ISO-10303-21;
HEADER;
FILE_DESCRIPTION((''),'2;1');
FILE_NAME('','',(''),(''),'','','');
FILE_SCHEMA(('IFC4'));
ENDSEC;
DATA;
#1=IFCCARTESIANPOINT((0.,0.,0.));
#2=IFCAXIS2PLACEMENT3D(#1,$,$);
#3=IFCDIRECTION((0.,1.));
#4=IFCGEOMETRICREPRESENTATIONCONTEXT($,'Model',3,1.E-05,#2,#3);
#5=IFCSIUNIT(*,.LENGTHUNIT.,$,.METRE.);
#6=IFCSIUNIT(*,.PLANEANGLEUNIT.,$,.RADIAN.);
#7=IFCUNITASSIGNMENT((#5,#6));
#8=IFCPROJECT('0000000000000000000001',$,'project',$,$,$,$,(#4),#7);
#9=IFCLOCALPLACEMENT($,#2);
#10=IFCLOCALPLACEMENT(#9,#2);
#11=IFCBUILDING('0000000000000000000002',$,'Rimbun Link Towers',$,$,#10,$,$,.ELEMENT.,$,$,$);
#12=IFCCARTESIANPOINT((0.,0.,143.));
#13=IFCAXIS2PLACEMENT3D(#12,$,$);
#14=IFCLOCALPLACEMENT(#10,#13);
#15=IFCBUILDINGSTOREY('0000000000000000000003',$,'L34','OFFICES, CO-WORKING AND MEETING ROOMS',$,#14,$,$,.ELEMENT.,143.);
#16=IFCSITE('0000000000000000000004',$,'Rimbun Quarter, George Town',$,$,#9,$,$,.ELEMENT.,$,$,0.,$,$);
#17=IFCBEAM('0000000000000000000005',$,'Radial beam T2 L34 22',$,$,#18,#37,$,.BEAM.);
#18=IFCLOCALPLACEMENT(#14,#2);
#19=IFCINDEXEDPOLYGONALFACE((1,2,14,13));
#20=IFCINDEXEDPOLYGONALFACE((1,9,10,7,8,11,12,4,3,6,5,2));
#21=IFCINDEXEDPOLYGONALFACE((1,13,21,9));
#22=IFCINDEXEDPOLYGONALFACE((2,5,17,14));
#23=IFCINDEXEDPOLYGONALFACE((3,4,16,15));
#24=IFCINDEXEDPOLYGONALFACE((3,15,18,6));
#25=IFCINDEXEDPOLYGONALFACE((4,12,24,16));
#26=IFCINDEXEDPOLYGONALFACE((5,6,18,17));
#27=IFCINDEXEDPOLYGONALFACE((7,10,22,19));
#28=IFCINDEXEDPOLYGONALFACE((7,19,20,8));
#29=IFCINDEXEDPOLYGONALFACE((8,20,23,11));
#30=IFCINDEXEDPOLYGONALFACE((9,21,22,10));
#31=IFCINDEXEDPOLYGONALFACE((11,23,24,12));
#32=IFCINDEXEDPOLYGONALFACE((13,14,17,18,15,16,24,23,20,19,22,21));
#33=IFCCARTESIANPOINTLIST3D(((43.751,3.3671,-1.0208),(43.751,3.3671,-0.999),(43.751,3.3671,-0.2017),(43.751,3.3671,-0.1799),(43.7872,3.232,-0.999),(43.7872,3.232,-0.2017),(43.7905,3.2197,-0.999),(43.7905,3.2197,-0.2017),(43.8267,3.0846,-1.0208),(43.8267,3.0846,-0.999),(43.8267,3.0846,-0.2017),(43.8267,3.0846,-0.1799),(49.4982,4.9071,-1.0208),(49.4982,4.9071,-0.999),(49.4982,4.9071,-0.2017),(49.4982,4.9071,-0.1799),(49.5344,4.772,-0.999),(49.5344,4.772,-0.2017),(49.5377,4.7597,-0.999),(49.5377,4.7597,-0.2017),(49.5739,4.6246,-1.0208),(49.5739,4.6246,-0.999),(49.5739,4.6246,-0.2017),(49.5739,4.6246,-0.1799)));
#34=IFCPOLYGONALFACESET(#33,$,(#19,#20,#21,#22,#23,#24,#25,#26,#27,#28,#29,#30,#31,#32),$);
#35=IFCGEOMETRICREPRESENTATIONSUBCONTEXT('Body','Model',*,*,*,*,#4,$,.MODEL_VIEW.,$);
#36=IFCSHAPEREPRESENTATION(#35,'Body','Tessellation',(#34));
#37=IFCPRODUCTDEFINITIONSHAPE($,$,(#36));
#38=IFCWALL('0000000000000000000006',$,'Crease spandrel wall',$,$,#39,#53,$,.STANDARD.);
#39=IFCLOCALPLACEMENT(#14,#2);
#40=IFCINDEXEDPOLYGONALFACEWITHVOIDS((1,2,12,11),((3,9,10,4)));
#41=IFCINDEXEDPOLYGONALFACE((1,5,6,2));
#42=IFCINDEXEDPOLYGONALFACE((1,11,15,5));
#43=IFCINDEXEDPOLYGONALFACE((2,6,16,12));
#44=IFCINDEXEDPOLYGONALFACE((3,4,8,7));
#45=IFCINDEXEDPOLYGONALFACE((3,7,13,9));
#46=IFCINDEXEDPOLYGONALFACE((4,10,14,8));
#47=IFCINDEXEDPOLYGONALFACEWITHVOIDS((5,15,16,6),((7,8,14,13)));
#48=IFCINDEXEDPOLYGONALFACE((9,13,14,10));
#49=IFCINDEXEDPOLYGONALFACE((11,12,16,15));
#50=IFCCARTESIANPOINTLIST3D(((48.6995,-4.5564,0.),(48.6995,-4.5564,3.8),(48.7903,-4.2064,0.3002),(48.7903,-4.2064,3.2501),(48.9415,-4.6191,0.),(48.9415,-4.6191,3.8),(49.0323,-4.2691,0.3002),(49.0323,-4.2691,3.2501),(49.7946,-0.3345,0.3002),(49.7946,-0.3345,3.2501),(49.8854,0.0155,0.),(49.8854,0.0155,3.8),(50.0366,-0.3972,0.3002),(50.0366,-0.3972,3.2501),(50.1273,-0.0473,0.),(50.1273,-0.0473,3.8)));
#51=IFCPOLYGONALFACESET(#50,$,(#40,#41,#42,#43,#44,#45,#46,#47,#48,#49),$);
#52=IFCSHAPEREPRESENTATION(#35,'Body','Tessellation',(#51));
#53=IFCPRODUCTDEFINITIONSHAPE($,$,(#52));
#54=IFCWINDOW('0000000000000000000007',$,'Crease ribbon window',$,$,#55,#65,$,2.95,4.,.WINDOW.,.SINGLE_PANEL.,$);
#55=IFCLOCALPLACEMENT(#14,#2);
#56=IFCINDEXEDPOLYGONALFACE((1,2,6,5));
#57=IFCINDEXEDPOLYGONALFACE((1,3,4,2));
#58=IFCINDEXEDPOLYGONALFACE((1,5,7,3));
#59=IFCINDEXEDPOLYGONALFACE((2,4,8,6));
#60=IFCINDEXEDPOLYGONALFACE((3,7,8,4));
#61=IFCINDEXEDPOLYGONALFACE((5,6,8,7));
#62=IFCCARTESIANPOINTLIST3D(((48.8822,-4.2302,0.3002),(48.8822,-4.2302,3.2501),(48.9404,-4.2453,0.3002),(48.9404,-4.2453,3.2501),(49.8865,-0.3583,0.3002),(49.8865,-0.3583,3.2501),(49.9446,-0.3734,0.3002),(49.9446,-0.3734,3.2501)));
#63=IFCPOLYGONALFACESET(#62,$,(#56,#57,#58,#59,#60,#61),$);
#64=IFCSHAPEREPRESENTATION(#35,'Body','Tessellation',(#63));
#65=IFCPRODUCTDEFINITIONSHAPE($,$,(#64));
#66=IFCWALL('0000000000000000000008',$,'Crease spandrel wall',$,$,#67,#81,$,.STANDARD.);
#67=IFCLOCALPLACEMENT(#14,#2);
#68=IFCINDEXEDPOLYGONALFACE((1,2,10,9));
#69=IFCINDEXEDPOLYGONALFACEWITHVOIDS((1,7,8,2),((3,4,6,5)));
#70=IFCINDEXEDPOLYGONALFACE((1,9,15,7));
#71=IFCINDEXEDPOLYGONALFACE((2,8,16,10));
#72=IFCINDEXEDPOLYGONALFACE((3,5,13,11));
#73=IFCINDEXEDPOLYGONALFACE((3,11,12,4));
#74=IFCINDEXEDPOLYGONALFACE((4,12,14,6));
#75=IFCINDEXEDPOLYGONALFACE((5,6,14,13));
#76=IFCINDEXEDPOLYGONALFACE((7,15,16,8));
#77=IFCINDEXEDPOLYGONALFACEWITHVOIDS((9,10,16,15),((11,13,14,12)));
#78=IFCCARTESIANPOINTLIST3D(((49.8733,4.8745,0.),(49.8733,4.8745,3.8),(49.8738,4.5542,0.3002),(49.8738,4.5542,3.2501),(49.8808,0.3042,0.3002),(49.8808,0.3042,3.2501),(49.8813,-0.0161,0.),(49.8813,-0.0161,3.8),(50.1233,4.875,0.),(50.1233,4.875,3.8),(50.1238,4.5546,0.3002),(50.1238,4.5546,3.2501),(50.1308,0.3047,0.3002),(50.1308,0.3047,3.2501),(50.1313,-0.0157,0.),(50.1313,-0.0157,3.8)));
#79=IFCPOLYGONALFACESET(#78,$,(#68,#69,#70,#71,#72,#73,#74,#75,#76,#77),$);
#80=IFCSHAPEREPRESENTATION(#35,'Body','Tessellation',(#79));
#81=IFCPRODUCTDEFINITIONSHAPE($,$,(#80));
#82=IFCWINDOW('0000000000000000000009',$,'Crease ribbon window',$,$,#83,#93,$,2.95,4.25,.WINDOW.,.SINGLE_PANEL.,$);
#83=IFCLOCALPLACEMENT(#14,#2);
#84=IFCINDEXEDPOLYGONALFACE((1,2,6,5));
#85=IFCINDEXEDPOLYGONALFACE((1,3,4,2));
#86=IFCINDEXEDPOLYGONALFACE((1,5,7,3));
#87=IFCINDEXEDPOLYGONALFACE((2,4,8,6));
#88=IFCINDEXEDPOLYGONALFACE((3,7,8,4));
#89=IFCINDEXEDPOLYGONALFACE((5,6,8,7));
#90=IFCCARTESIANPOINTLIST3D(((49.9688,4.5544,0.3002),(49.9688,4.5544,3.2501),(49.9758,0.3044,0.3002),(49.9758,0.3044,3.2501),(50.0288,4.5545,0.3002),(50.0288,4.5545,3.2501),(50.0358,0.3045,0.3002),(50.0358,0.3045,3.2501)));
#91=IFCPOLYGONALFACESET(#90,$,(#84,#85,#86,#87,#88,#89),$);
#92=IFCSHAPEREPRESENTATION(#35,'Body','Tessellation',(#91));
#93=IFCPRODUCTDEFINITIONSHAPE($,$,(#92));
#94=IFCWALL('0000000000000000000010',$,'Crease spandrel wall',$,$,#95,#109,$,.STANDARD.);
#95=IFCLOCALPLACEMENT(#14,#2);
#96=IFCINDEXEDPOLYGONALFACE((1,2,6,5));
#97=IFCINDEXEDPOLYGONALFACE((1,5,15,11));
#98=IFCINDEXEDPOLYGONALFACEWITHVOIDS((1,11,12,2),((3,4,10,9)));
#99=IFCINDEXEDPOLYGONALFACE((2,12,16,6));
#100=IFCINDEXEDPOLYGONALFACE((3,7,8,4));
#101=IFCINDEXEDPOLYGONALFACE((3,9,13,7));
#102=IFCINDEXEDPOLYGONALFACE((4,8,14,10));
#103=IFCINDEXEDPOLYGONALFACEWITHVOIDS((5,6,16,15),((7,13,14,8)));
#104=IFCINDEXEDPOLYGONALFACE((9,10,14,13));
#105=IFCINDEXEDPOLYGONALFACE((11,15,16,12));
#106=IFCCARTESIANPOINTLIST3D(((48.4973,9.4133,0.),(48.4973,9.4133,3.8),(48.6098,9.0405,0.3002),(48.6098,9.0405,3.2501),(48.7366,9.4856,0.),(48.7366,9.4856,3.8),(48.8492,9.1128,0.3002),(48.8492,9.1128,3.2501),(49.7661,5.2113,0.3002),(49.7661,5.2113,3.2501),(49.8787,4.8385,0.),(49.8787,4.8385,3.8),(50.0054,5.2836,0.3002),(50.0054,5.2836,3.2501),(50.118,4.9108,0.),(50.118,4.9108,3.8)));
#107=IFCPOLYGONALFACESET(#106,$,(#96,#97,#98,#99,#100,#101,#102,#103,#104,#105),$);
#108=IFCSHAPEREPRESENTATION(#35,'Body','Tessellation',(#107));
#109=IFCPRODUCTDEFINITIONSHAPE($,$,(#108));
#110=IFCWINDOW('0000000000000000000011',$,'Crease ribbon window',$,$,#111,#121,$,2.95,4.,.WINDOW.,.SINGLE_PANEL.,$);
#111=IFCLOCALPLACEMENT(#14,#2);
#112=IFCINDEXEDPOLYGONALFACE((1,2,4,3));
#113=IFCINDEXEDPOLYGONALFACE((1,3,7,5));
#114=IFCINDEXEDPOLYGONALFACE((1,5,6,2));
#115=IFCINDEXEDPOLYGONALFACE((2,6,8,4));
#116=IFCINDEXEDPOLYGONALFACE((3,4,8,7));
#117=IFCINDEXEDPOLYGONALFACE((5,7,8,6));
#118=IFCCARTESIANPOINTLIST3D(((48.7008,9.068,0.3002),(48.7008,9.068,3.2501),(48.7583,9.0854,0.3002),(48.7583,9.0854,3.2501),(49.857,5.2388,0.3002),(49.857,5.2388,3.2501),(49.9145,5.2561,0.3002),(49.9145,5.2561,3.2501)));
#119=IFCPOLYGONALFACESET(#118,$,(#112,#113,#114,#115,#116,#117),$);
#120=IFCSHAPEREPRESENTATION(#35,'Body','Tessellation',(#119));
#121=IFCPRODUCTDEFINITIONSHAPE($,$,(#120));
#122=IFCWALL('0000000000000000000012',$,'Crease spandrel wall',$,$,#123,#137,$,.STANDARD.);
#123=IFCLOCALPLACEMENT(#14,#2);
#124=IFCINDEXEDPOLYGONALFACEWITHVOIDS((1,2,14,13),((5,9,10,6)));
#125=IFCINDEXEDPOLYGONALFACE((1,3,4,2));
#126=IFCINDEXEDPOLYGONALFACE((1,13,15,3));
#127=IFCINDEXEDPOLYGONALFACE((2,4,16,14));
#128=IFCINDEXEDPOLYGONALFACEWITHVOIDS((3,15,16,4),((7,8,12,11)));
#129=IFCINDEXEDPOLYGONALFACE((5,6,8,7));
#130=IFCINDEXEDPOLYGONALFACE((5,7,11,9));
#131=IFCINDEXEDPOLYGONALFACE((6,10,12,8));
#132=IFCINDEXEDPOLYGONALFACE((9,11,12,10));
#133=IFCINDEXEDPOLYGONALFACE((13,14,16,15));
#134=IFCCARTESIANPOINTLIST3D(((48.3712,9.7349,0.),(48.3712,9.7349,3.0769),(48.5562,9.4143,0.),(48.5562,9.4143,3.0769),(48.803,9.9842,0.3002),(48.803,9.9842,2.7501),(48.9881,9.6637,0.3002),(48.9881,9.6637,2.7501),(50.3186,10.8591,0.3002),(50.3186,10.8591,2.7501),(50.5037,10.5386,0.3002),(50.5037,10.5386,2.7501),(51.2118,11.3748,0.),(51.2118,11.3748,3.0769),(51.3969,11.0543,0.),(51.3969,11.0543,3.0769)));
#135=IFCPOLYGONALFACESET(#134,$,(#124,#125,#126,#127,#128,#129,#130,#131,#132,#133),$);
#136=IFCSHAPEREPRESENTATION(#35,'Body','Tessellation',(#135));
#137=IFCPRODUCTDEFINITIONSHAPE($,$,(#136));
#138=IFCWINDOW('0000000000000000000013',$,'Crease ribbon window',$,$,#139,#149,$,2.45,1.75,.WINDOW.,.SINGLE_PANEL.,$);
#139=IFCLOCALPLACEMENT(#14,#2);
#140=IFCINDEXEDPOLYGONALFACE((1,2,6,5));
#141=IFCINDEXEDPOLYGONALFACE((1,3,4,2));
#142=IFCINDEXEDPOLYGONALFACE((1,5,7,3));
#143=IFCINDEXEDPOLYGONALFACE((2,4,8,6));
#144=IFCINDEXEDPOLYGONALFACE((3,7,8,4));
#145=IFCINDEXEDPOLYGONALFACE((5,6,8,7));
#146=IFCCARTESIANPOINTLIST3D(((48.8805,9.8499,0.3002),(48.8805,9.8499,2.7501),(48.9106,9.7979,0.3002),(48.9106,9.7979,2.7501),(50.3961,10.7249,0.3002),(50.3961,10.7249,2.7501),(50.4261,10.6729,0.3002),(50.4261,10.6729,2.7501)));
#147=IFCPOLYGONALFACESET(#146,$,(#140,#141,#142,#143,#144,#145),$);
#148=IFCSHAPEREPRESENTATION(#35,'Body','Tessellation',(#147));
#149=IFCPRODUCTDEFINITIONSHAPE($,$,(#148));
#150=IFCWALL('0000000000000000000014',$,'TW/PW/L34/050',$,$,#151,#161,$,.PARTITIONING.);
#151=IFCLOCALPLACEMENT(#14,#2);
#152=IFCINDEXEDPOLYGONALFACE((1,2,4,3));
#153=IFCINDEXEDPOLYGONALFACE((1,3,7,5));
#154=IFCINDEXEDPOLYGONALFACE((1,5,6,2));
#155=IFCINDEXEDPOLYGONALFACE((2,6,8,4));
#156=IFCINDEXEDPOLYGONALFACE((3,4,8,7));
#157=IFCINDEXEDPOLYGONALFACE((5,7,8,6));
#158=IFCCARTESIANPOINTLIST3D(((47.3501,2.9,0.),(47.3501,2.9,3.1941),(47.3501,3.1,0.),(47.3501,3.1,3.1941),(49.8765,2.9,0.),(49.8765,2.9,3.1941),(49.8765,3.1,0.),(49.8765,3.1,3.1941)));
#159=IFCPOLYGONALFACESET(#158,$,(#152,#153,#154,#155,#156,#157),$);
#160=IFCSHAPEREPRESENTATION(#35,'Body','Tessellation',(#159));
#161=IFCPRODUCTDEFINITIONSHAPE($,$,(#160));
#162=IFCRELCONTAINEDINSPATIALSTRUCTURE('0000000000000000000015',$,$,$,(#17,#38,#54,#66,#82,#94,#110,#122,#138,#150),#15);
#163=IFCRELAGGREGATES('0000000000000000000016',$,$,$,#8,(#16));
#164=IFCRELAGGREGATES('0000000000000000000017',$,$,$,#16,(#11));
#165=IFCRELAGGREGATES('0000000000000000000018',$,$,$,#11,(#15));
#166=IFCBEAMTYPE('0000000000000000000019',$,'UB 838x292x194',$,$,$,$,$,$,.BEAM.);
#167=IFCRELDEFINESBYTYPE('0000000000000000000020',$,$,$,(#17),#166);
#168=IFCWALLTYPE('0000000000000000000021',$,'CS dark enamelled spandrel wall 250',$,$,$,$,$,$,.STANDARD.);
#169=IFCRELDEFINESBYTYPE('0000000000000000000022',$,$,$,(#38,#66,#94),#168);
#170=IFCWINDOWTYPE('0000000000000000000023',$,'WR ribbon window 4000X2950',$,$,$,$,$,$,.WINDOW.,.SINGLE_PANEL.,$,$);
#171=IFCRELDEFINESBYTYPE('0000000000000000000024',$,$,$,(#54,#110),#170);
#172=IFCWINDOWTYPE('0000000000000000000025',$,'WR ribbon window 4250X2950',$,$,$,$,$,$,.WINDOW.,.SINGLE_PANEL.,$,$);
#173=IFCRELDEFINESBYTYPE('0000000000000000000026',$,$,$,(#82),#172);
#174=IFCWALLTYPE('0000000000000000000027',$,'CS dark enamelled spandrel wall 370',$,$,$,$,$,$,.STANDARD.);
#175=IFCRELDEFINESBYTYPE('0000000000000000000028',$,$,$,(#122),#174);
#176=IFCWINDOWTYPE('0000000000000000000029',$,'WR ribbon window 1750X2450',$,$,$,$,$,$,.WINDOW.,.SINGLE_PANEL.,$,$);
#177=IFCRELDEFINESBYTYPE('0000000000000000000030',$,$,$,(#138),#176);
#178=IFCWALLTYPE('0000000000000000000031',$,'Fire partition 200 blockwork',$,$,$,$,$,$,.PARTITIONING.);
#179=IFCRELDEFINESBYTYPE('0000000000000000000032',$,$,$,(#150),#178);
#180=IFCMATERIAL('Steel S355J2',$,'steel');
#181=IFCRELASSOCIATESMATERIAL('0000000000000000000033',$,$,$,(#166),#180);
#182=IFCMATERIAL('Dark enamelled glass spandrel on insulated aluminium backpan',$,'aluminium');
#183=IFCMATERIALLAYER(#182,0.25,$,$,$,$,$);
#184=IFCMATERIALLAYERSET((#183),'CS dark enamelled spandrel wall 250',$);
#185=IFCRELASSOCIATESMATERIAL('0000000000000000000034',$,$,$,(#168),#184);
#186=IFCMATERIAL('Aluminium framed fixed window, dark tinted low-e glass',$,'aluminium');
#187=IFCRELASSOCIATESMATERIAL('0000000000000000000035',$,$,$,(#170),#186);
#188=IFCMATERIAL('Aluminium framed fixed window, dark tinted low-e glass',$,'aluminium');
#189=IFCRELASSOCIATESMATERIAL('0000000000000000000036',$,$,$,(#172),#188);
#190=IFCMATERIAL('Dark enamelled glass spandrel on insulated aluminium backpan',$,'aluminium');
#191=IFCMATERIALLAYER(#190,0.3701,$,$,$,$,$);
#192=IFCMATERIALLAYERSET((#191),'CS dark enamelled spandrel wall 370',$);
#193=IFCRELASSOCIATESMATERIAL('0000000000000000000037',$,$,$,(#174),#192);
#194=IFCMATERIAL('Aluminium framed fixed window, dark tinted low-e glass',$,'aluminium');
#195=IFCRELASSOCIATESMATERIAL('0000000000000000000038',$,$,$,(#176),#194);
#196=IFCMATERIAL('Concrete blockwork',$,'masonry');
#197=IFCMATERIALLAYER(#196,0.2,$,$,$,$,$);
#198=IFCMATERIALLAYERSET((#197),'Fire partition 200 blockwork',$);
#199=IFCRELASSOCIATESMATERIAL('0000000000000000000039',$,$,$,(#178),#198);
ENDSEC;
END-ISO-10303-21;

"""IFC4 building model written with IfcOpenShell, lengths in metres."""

from ifc_helpers import new_model, si_unit, direction, frame, frame_2d, origin, origin_2d, place, context, subcontext, project, spatial, rectangle, i_section, extrude, material, layer, layer_set, material_profile, profile_set, type_object, element, fill, save


model = new_model("IFC4")

# Units and contexts
model_context = context("Model", 3, precision=1e-05, world=origin(), true_north=direction((0.0, 1.0)))
body_context = subcontext(model_context, "Body", "Model", "MODEL_VIEW")
ifc_project = project(units=[si_unit("LENGTHUNIT", "METRE"), si_unit("PLANEANGLEUNIT", "RADIAN")], contexts=[model_context])

# Site, building, storey
site_placement = place(None, origin())
site = spatial("IfcSite", under=ifc_project, at=site_placement, Name="Rimbun Quarter, George Town", CompositionType="ELEMENT", RefElevation=0.0)
building_placement = place(site_placement, origin())
building = spatial("IfcBuilding", under=site, at=building_placement, Name="Rimbun Link Towers", CompositionType="ELEMENT")
storey_placement = place(building_placement, frame((0.0, 0.0, 143.0)))
storey = spatial("IfcBuildingStorey", under=building, at=storey_placement, Name="L34", Description="OFFICES, CO-WORKING AND MEETING ROOMS", CompositionType="ELEMENT", Elevation=143.0)

# Beam
ifc_material_1 = material(Name="Steel S355J2", Category="steel")
ifc_material_profile_1 = material_profile(ifc_material_1, i_section(OverallWidth=0.2925, OverallDepth=0.8408, WebThickness=0.0127, FlangeThickness=0.0217, at=origin_2d()), Name="UB 838x292x194")
ifc_profile_set_1 = profile_set([ifc_material_profile_1], Name="Steel S355J2")
beam_type_1 = type_object("IfcBeamType", Name="UB 838x292x194", PredefinedType="BEAM", material=ifc_profile_set_1)
beam_1_placement = place(storey_placement, frame((43.7888, 3.2258, -0.6003), z_axis=(0.965924, 0.258827, 0.0), x_axis=(-0.258827, 0.965924, 0.0)))
element("IfcBeam", 1, at=beam_1_placement, inside=storey, type_object=beam_type_1, Name="Radial beam T2 L34 22", PredefinedType="BEAM", context=body_context, shape_type="SweptSolid", body=[
    extrude(i_section(OverallWidth=0.2925, OverallDepth=0.8408, WebThickness=0.0127, FlangeThickness=0.0217, at=origin_2d()), origin(), (0.0, 0.0, 1.0), 5.95),
])

# Walls, openings, windows
ifc_material_2 = material(Name="Dark enamelled glass spandrel on insulated aluminium backpan", Category="aluminium")
ifc_layer_1 = layer(ifc_material_2, 0.25)
ifc_layer_set_1 = layer_set([ifc_layer_1], Name="CS dark enamelled spandrel wall 250")
wall_type_1 = type_object("IfcWallType", Name="CS dark enamelled spandrel wall 250", PredefinedType="STANDARD", material=ifc_layer_set_1)
wall_1_placement = place(storey_placement, frame((50.0063, -0.0159, 0.0), z_axis=(0.0, 0.0, 1.0), x_axis=(-0.251064, -0.96797, 0.0)))
wall_1 = element("IfcWall", 2, at=wall_1_placement, inside=storey, type_object=wall_type_1, Name="Crease spandrel wall", PredefinedType="STANDARD", context=body_context, shape_type="SweptSolid", body=[
    extrude(rectangle(XDim=4.7231, YDim=0.25, at=frame_2d((2.3616, 0.0))), origin(), (0.0, 0.0, 1.0), 3.8),
])
opening_1_placement = place(wall_1_placement, frame((0.3616, 0.0, 0.3)))
opening_1 = element("IfcOpeningElement", 3, at=opening_1_placement, cuts=wall_1, PredefinedType="OPENING", context=body_context, shape_type="SweptSolid", body=[
    extrude(rectangle(XDim=4.0, YDim=2.95, at=frame_2d((2.0, 1.4751))), frame((0.0, 0.135, 0.0), z_axis=(0.0, -1.0, 0.0), x_axis=(1.0, 0.0, 0.0)), (0.0, 0.0, 1.0), 0.27),
])
ifc_material_3 = material(Name="Aluminium framed fixed window, dark tinted low-e glass", Category="aluminium")
window_type_1 = type_object("IfcWindowType", Name="WR ribbon window 4000X2950", PartitioningType="SINGLE_PANEL", PredefinedType="WINDOW", material=ifc_material_3)
window_1_placement = place(opening_1_placement, origin())
window_1 = element("IfcWindow", 4, at=window_1_placement, inside=storey, type_object=window_type_1, Name="Crease ribbon window", OverallHeight=2.95, OverallWidth=4.0, PartitioningType="SINGLE_PANEL", PredefinedType="WINDOW", context=body_context, shape_type="SweptSolid", body=[
    extrude(rectangle(XDim=4.0, YDim=2.95, at=frame_2d((2.0, 1.4751))), frame((0.0, 0.03, 0.0), z_axis=(0.0, -1.0, 0.0), x_axis=(1.0, 0.0, 0.0)), (0.0, 0.0, 1.0), 0.0601),
])
fill(opening_1, window_1)
wall_2_placement = place(storey_placement, frame((49.9983, 4.8748, 0.0), z_axis=(0.0, 0.0, 1.0), x_axis=(0.001647, -0.999999, 0.0)))
wall_2 = element("IfcWall", 5, at=wall_2_placement, inside=storey, type_object=wall_type_1, Name="Crease spandrel wall", PredefinedType="STANDARD", context=body_context, shape_type="SweptSolid", body=[
    extrude(rectangle(XDim=4.8906, YDim=0.25, at=frame_2d((2.4453, 0.0))), origin(), (0.0, 0.0, 1.0), 3.8),
])
opening_2_placement = place(wall_2_placement, frame((0.3203, 0.0, 0.3)))
opening_2 = element("IfcOpeningElement", 6, at=opening_2_placement, cuts=wall_2, PredefinedType="OPENING", context=body_context, shape_type="SweptSolid", body=[
    extrude(rectangle(XDim=4.25, YDim=2.95, at=frame_2d((2.125, 1.4751))), frame((0.0, 0.135, 0.0), z_axis=(0.0, -1.0, 0.0), x_axis=(1.0, 0.0, 0.0)), (0.0, 0.0, 1.0), 0.27),
])
ifc_material_4 = material(Name="Aluminium framed fixed window, dark tinted low-e glass", Category="aluminium")
window_type_2 = type_object("IfcWindowType", Name="WR ribbon window 4250X2950", PartitioningType="SINGLE_PANEL", PredefinedType="WINDOW", material=ifc_material_4)
window_2_placement = place(opening_2_placement, origin())
window_2 = element("IfcWindow", 7, at=window_2_placement, inside=storey, type_object=window_type_2, Name="Crease ribbon window", OverallHeight=2.95, OverallWidth=4.25, PartitioningType="SINGLE_PANEL", PredefinedType="WINDOW", context=body_context, shape_type="SweptSolid", body=[
    extrude(rectangle(XDim=4.25, YDim=2.95, at=frame_2d((2.125, 1.4751))), frame((0.0, 0.03, 0.0), z_axis=(0.0, -1.0, 0.0), x_axis=(1.0, 0.0, 0.0)), (0.0, 0.0, 1.0), 0.0601),
])
fill(opening_2, window_2)
wall_3_placement = place(storey_placement, frame((48.6169, 9.4495, 0.0), z_axis=(0.0, 0.0, 1.0), x_axis=(0.289063, -0.95731, 0.0)))
wall_3 = element("IfcWall", 8, at=wall_3_placement, inside=storey, type_object=wall_type_1, Name="Crease spandrel wall", PredefinedType="STANDARD", context=body_context, shape_type="SweptSolid", body=[
    extrude(rectangle(XDim=4.7788, YDim=0.25, at=frame_2d((2.3894, 0.0))), origin(), (0.0, 0.0, 1.0), 3.8),
])
opening_3_placement = place(wall_3_placement, frame((0.3894, 0.0, 0.3)))
opening_3 = element("IfcOpeningElement", 9, at=opening_3_placement, cuts=wall_3, PredefinedType="OPENING", context=body_context, shape_type="SweptSolid", body=[
    extrude(rectangle(XDim=4.0, YDim=2.95, at=frame_2d((2.0, 1.4751))), frame((0.0, 0.135, 0.0), z_axis=(0.0, -1.0, 0.0), x_axis=(1.0, 0.0, 0.0)), (0.0, 0.0, 1.0), 0.27),
])
window_3_placement = place(opening_3_placement, origin())
window_3 = element("IfcWindow", 10, at=window_3_placement, inside=storey, type_object=window_type_1, Name="Crease ribbon window", OverallHeight=2.95, OverallWidth=4.0, PartitioningType="SINGLE_PANEL", PredefinedType="WINDOW", context=body_context, shape_type="SweptSolid", body=[
    extrude(rectangle(XDim=4.0, YDim=2.95, at=frame_2d((2.0, 1.4751))), frame((0.0, 0.03, 0.0), z_axis=(0.0, -1.0, 0.0), x_axis=(1.0, 0.0, 0.0)), (0.0, 0.0, 1.0), 0.0601),
])
fill(opening_3, window_3)
ifc_material_5 = material(Name="Dark enamelled glass spandrel on insulated aluminium backpan", Category="aluminium")
ifc_layer_2 = layer(ifc_material_5, 0.3701)
ifc_layer_set_2 = layer_set([ifc_layer_2], Name="CS dark enamelled spandrel wall 370")
wall_type_2 = type_object("IfcWallType", Name="CS dark enamelled spandrel wall 370", PredefinedType="STANDARD", material=ifc_layer_set_2)
wall_4_placement = place(storey_placement, frame((51.3044, 11.2146, 0.0), z_axis=(0.0, 0.0, 1.0), x_axis=(-0.866041, -0.499974, 0.0)))
wall_4 = element("IfcWall", 11, at=wall_4_placement, inside=storey, type_object=wall_type_2, Name="Crease spandrel wall", PredefinedType="STANDARD", context=body_context, shape_type="SweptSolid", body=[
    extrude(rectangle(XDim=3.28, YDim=0.3701, at=frame_2d((1.6401, 0.0))), origin(), (0.0, 0.0, 1.0), 3.0769),
])
opening_4_placement = place(wall_4_placement, frame((1.0315, 0.0, 0.3)))
opening_4 = element("IfcOpeningElement", 12, at=opening_4_placement, cuts=wall_4, PredefinedType="OPENING", context=body_context, shape_type="SweptSolid", body=[
    extrude(rectangle(XDim=1.75, YDim=2.45, at=frame_2d((0.875, 1.2251))), frame((0.0, 0.1951, 0.0), z_axis=(0.0, -1.0, 0.0), x_axis=(1.0, 0.0, 0.0)), (0.0, 0.0, 1.0), 0.3901),
])
ifc_material_6 = material(Name="Aluminium framed fixed window, dark tinted low-e glass", Category="aluminium")
window_type_3 = type_object("IfcWindowType", Name="WR ribbon window 1750X2450", PartitioningType="SINGLE_PANEL", PredefinedType="WINDOW", material=ifc_material_6)
window_4_placement = place(opening_4_placement, origin())
window_4 = element("IfcWindow", 13, at=window_4_placement, inside=storey, type_object=window_type_3, Name="Crease ribbon window", OverallHeight=2.45, OverallWidth=1.75, PartitioningType="SINGLE_PANEL", PredefinedType="WINDOW", context=body_context, shape_type="SweptSolid", body=[
    extrude(rectangle(XDim=1.75, YDim=2.45, at=frame_2d((0.875, 1.2251))), frame((0.0, 0.03, 0.0), z_axis=(0.0, -1.0, 0.0), x_axis=(1.0, 0.0, 0.0)), (0.0, 0.0, 1.0), 0.0601),
])
fill(opening_4, window_4)

# Wall
ifc_material_7 = material(Name="Concrete blockwork", Category="masonry")
ifc_layer_3 = layer(ifc_material_7, 0.2)
ifc_layer_set_3 = layer_set([ifc_layer_3], Name="Fire partition 200 blockwork")
wall_type_3 = type_object("IfcWallType", Name="Fire partition 200 blockwork", PredefinedType="PARTITIONING", material=ifc_layer_set_3)
wall_5_placement = place(storey_placement, frame((49.8765, 3.0, 0.0), z_axis=(0.0, 0.0, 1.0), x_axis=(-1.0, 0.0, 0.0)))
element("IfcWall", 14, at=wall_5_placement, inside=storey, type_object=wall_type_3, Name="TW/PW/L34/050", PredefinedType="PARTITIONING", context=body_context, shape_type="SweptSolid", body=[
    extrude(rectangle(XDim=2.5264, YDim=0.2, at=frame_2d((1.2632, 0.0))), origin(), (0.0, 0.0, 1.0), 3.1941),
])

save(model, "model.ifc")
